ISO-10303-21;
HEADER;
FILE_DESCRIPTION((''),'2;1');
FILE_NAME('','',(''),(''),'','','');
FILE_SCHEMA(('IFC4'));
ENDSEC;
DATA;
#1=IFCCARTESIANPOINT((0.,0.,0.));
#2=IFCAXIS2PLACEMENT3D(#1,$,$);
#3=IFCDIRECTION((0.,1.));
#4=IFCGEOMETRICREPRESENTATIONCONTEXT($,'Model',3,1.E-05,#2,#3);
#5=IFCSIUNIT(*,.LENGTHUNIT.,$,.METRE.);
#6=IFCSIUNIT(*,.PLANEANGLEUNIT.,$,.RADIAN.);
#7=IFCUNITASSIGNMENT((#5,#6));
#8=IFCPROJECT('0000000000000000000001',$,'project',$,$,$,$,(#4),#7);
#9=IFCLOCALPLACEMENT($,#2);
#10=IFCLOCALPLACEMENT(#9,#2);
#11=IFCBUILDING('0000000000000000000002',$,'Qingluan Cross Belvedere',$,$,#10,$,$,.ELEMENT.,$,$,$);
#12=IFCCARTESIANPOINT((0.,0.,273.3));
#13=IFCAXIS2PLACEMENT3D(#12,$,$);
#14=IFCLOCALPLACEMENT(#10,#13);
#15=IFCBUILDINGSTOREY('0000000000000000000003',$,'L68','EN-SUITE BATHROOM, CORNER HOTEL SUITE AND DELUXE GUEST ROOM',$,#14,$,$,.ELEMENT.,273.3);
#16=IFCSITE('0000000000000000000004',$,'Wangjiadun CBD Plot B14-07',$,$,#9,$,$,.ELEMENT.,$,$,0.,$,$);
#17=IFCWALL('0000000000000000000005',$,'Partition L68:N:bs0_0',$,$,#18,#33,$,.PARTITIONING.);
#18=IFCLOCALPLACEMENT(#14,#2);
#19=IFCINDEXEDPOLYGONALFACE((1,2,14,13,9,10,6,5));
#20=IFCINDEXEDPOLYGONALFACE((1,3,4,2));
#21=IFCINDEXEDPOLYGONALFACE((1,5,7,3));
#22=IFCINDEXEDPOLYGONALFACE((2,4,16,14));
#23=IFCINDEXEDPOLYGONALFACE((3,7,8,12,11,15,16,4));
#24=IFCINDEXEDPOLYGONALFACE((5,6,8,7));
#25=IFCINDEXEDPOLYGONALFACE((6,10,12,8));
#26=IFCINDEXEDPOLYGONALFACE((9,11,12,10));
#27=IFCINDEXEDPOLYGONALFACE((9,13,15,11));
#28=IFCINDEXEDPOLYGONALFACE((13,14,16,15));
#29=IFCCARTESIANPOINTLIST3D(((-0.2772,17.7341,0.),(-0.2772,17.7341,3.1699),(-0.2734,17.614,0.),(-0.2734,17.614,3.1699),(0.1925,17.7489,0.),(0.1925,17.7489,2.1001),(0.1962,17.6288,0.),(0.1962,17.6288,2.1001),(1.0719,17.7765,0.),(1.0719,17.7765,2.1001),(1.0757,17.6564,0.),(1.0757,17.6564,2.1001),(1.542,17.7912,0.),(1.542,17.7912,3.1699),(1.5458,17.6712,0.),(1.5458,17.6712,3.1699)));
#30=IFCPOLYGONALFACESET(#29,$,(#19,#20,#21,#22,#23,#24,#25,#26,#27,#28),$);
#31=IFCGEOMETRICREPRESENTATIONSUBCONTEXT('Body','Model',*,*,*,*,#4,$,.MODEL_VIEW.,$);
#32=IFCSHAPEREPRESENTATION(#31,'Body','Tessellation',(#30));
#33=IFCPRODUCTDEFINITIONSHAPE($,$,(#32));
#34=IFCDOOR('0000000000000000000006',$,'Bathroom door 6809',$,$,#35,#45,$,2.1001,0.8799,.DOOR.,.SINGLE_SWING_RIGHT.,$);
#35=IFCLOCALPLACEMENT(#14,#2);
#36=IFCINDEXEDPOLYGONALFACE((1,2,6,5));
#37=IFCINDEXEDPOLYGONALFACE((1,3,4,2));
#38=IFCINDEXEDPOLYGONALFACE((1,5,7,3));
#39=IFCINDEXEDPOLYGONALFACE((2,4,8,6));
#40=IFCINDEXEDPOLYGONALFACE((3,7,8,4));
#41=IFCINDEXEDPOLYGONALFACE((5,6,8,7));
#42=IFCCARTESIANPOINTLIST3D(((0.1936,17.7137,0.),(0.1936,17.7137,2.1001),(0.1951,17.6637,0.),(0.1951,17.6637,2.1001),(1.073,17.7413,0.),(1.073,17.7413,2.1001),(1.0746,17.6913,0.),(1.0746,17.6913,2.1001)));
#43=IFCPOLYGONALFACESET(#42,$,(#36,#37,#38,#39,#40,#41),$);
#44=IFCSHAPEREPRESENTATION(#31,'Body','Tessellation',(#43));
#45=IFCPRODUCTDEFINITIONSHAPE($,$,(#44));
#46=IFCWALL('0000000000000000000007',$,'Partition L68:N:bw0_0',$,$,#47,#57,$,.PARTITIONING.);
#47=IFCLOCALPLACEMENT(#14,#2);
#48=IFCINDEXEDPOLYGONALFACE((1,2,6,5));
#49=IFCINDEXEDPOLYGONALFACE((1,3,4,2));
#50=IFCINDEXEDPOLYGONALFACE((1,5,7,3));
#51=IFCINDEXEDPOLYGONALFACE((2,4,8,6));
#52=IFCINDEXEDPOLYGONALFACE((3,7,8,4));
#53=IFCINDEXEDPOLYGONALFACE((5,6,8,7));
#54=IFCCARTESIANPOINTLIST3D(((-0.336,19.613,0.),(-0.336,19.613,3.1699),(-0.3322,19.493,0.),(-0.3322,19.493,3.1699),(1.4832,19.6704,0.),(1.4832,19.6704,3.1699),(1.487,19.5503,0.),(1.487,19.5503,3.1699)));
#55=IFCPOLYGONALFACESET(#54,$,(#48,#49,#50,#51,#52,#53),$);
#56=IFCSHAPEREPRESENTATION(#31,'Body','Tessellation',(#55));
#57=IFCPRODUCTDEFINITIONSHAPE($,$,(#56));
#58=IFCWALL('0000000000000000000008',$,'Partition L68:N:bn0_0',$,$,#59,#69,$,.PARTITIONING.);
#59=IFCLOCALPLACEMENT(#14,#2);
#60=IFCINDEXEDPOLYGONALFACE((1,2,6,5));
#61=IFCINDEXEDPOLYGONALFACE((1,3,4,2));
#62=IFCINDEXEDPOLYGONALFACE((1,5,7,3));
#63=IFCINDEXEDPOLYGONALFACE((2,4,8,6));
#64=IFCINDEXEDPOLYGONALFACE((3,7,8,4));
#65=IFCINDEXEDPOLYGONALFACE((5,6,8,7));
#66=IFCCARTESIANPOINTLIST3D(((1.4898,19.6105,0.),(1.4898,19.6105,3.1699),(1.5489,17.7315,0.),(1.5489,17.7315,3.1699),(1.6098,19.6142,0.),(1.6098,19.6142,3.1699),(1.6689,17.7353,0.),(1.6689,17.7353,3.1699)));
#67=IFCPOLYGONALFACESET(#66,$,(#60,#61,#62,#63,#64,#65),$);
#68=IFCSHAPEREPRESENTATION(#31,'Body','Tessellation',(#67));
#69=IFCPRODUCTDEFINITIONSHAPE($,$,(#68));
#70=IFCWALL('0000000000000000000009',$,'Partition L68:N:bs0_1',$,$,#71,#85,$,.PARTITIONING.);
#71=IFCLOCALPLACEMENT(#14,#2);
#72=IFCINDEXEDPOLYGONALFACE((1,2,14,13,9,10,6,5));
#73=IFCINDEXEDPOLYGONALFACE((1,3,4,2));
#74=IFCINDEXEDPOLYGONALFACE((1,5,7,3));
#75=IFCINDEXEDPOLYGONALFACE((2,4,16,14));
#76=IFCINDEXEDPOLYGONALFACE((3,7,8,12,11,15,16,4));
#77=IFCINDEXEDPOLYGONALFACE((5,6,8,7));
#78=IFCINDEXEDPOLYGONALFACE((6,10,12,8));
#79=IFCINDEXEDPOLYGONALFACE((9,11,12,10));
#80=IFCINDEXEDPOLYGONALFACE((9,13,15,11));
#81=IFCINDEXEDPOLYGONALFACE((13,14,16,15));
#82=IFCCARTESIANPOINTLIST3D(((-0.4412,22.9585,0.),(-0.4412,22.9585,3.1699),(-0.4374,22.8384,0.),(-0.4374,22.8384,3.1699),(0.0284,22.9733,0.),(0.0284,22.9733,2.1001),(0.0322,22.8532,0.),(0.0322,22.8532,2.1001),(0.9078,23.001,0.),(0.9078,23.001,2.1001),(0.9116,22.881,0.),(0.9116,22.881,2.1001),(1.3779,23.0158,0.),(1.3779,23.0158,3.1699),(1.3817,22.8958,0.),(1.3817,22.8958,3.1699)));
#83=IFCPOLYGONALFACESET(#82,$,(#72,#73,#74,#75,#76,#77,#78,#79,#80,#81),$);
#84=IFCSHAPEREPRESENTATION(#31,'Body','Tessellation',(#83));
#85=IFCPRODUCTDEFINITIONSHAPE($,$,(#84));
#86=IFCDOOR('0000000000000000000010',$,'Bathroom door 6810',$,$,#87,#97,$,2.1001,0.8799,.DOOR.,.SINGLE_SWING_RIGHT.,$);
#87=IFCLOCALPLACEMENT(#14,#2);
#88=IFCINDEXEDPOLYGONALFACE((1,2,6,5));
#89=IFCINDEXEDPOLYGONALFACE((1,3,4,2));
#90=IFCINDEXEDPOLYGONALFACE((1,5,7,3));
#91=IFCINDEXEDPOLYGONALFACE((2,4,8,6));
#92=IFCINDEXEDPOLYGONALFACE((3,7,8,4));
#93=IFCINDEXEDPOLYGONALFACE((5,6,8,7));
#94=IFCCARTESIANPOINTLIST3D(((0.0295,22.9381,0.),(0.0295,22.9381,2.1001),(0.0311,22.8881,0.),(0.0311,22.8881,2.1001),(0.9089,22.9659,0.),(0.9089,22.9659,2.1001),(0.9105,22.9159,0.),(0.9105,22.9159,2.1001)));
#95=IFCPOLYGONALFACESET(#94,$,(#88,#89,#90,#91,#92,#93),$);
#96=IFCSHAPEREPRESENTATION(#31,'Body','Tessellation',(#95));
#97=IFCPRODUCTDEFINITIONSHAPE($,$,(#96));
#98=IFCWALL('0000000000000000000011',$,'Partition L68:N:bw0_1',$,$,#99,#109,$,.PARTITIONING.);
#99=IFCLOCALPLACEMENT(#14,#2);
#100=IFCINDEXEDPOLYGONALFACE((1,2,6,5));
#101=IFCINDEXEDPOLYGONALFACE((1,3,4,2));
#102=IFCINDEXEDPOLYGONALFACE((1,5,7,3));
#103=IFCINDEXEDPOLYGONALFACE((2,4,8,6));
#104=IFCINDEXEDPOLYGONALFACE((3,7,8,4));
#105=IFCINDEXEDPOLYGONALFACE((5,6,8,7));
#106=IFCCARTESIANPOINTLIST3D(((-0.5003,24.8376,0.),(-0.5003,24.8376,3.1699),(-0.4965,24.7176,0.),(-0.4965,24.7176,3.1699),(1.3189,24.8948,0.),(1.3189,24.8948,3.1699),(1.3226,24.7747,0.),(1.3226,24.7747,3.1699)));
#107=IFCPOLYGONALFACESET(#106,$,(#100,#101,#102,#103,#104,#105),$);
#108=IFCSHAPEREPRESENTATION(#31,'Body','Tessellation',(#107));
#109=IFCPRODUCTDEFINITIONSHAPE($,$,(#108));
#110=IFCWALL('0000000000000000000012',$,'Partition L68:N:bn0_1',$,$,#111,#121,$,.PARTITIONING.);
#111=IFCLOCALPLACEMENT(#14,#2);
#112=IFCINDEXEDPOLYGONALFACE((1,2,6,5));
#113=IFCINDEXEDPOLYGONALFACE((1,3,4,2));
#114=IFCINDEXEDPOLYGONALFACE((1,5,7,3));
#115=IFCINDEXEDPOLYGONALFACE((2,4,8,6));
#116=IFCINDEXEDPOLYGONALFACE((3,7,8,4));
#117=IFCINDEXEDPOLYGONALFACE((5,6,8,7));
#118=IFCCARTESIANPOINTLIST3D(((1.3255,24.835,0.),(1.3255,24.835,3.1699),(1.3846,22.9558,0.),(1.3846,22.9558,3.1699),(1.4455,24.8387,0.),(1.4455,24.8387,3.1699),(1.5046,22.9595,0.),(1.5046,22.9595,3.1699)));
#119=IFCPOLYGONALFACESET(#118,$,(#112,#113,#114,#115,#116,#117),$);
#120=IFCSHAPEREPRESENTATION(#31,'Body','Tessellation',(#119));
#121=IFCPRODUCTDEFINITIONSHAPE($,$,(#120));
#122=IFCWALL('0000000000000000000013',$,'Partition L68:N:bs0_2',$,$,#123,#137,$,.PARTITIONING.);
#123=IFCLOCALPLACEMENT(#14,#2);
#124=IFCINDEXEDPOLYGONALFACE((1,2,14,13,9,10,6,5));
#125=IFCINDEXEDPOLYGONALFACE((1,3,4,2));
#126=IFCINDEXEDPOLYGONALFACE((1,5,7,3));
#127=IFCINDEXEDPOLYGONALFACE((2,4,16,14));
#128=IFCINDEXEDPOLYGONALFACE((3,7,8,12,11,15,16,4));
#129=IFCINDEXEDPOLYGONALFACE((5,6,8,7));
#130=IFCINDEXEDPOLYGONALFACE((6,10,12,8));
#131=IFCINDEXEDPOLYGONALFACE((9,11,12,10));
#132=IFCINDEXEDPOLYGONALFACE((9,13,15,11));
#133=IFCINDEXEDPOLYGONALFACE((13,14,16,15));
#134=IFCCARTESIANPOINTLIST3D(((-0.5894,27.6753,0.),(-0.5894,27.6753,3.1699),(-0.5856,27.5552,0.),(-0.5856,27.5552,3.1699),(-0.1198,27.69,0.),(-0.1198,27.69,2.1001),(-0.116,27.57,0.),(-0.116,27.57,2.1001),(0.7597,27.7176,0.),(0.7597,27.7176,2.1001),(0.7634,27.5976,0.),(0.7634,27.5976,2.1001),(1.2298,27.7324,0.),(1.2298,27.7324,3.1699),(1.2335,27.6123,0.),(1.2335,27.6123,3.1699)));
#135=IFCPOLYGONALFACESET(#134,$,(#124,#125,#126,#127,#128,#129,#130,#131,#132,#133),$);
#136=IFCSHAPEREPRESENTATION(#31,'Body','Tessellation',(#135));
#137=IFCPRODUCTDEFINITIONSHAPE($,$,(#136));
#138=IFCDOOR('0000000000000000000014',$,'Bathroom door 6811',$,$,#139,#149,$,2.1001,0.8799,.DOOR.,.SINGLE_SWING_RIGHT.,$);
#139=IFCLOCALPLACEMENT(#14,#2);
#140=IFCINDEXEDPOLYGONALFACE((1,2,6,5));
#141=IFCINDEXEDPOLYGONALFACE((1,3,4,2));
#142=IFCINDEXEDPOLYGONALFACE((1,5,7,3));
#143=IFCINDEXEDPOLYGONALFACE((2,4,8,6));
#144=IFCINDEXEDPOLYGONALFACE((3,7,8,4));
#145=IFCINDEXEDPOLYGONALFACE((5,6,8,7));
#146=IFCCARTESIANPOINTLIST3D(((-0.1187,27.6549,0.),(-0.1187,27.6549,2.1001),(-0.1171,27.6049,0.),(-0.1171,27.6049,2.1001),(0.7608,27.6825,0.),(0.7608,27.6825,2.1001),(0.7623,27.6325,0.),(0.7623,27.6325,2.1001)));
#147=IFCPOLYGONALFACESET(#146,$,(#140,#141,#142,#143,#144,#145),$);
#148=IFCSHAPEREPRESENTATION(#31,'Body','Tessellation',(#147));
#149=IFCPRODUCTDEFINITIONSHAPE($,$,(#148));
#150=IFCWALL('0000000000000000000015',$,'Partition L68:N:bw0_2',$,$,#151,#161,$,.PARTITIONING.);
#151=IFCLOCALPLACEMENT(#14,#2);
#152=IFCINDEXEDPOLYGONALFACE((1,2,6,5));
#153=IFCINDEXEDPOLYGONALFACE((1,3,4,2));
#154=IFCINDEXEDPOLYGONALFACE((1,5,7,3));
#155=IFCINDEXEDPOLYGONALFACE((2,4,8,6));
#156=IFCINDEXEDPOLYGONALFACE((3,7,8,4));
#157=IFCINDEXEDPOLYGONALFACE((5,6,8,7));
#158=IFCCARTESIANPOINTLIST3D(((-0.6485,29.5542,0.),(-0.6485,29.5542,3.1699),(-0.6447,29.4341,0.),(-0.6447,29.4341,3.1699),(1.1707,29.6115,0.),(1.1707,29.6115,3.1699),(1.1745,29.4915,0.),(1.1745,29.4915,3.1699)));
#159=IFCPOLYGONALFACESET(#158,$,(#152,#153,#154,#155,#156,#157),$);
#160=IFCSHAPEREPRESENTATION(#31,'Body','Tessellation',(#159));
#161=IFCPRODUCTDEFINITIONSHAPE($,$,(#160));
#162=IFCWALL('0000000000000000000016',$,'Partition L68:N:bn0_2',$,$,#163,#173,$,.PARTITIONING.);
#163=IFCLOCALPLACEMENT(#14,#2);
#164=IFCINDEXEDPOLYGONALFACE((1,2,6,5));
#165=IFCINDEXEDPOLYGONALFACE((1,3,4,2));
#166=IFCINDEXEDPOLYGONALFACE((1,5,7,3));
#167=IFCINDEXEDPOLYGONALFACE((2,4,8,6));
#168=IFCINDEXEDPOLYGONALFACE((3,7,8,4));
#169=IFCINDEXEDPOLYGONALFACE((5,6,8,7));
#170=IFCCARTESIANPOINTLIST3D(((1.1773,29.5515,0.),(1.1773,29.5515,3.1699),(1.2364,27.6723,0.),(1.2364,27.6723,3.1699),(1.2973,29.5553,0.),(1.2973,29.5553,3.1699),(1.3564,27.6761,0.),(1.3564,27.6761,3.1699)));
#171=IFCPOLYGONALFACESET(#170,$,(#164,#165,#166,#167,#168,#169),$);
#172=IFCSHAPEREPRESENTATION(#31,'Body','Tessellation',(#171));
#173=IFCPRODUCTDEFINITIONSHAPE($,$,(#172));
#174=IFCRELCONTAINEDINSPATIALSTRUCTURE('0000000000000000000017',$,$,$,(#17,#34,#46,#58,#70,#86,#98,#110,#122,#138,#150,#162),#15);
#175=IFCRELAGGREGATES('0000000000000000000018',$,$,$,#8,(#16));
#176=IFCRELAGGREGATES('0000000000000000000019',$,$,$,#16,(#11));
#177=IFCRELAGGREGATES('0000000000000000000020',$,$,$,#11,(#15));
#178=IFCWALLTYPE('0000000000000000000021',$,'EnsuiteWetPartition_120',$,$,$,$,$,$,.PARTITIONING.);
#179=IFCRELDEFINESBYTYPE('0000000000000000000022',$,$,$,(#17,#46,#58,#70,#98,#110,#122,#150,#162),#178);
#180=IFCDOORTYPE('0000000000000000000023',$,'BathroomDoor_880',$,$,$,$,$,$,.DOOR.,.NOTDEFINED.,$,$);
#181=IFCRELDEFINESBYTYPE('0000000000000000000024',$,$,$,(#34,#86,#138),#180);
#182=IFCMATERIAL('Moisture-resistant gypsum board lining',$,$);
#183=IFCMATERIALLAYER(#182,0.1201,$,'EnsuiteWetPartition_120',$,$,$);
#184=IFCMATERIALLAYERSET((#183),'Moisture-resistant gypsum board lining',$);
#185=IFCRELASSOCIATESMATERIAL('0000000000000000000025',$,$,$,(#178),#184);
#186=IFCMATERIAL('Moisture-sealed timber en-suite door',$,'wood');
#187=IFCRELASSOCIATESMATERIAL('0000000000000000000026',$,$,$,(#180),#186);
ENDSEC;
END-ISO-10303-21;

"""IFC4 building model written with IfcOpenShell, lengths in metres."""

from ifc_helpers import new_model, si_unit, direction, frame, frame_2d, origin, place, context, subcontext, project, spatial, rectangle, extrude, material, layer, layer_set, type_object, element, fill, save


model = new_model("IFC4")

# Units and contexts
model_context = context("Model", 3, precision=1e-05, world=origin(), true_north=direction((0.0, 1.0)))
body_context = subcontext(model_context, "Body", "Model", "MODEL_VIEW")
ifc_project = project(units=[si_unit("LENGTHUNIT", "METRE"), si_unit("PLANEANGLEUNIT", "RADIAN")], contexts=[model_context])

# Site, building, storey
site_placement = place(None, origin())
site = spatial("IfcSite", under=ifc_project, at=site_placement, Name="Wangjiadun CBD Plot B14-07", CompositionType="ELEMENT", RefElevation=0.0)
building_placement = place(site_placement, origin())
building = spatial("IfcBuilding", under=site, at=building_placement, Name="Qingluan Cross Belvedere", CompositionType="ELEMENT")
storey_placement = place(building_placement, frame((0.0, 0.0, 273.3)))
storey = spatial("IfcBuildingStorey", under=building, at=storey_placement, Name="L68", Description="EN-SUITE BATHROOM, CORNER HOTEL SUITE AND DELUXE GUEST ROOM", CompositionType="ELEMENT", Elevation=273.3)

# Wall, opening, door
ifc_material_1 = material(Name="Moisture-resistant gypsum board lining")
ifc_layer_1 = layer(ifc_material_1, 0.1201, Name="EnsuiteWetPartition_120")
ifc_layer_set_1 = layer_set([ifc_layer_1], Name="Moisture-resistant gypsum board lining")
wall_type_1 = type_object("IfcWallType", Name="EnsuiteWetPartition_120", PredefinedType="PARTITIONING", material=ifc_layer_set_1)
wall_1_placement = place(storey_placement, frame((-0.2754, 17.6741, 0.0), z_axis=(0.0, 0.0, 1.0), x_axis=(0.999507, 0.03139, 0.0)))
wall_1 = element("IfcWall", 1, at=wall_1_placement, inside=storey, type_object=wall_type_1, Name="Partition L68:N:bs0_0", PredefinedType="PARTITIONING", context=body_context, shape_type="SweptSolid", body=[
    extrude(rectangle(XDim=1.8201, YDim=0.1201, at=frame_2d((0.9102, 0.0))), origin(), (0.0, 0.0, 1.0), 3.1699),
])
opening_1_placement = place(wall_1_placement, frame((0.47, 0.0, 0.0)))
opening_1 = element("IfcOpeningElement", 2, at=opening_1_placement, cuts=wall_1, PredefinedType="OPENING", context=body_context, shape_type="SweptSolid", body=[
    extrude(rectangle(XDim=0.8799, YDim=2.1001, at=frame_2d((0.4399, 1.05))), frame((0.0, 0.0701, 0.0), z_axis=(0.0, -1.0, 0.0), x_axis=(1.0, 0.0, 0.0)), (0.0, 0.0, 1.0), 0.1401),
])
ifc_material_2 = material(Name="Moisture-sealed timber en-suite door", Category="wood")
door_type = type_object("IfcDoorType", Name="BathroomDoor_880", OperationType="NOTDEFINED", PredefinedType="DOOR", material=ifc_material_2)
door_1_placement = place(opening_1_placement, origin())
door_1 = element("IfcDoor", 3, at=door_1_placement, inside=storey, type_object=door_type, Name="Bathroom door 6809", OperationType="SINGLE_SWING_RIGHT", OverallHeight=2.1001, OverallWidth=0.8799, PredefinedType="DOOR", context=body_context, shape_type="SweptSolid", body=[
    extrude(rectangle(XDim=0.8799, YDim=2.1001, at=frame_2d((0.4399, 1.05))), frame((0.0, 0.0249, 0.0), z_axis=(0.0, -1.0, 0.0), x_axis=(1.0, 0.0, 0.0)), (0.0, 0.0, 1.0), 0.05),
])
fill(opening_1, door_1)

# Walls
wall_2_placement = place(storey_placement, frame((-0.3342, 19.553, 0.0), z_axis=(0.0, 0.0, 1.0), x_axis=(0.999503, 0.031524, 0.0)))
element("IfcWall", 4, at=wall_2_placement, inside=storey, type_object=wall_type_1, Name="Partition L68:N:bw0_0", PredefinedType="PARTITIONING", context=body_context, shape_type="SweptSolid", body=[
    extrude(rectangle(XDim=1.8201, YDim=0.1201, at=frame_2d((0.9102, 0.0))), origin(), (0.0, 0.0, 1.0), 3.1699),
])
wall_3_placement = place(storey_placement, frame((1.6089, 17.7334, 0.0), z_axis=(0.0, 0.0, 1.0), x_axis=(-0.031429, 0.999506, 0.0)))
element("IfcWall", 5, at=wall_3_placement, inside=storey, type_object=wall_type_1, Name="Partition L68:N:bn0_0", PredefinedType="PARTITIONING", context=body_context, shape_type="SweptSolid", body=[
    extrude(rectangle(XDim=1.8799, YDim=0.1201, at=frame_2d((0.9399, 0.0))), origin(), (0.0, 0.0, 1.0), 3.1699),
])

# Wall, opening, door
wall_4_placement = place(storey_placement, frame((-0.4395, 22.8984, 0.0), z_axis=(0.0, 0.0, 1.0), x_axis=(0.999503, 0.031524, 0.0)))
wall_4 = element("IfcWall", 6, at=wall_4_placement, inside=storey, type_object=wall_type_1, Name="Partition L68:N:bs0_1", PredefinedType="PARTITIONING", context=body_context, shape_type="SweptSolid", body=[
    extrude(rectangle(XDim=1.8201, YDim=0.1201, at=frame_2d((0.9102, 0.0))), origin(), (0.0, 0.0, 1.0), 3.1699),
])
opening_2_placement = place(wall_4_placement, frame((0.47, 0.0, 0.0)))
opening_2 = element("IfcOpeningElement", 7, at=opening_2_placement, cuts=wall_4, PredefinedType="OPENING", context=body_context, shape_type="SweptSolid", body=[
    extrude(rectangle(XDim=0.8799, YDim=2.1001, at=frame_2d((0.4399, 1.05))), frame((0.0, 0.0701, 0.0), z_axis=(0.0, -1.0, 0.0), x_axis=(1.0, 0.0, 0.0)), (0.0, 0.0, 1.0), 0.1401),
])
door_2_placement = place(opening_2_placement, origin())
door_2 = element("IfcDoor", 8, at=door_2_placement, inside=storey, type_object=door_type, Name="Bathroom door 6810", OperationType="SINGLE_SWING_RIGHT", OverallHeight=2.1001, OverallWidth=0.8799, PredefinedType="DOOR", context=body_context, shape_type="SweptSolid", body=[
    extrude(rectangle(XDim=0.8799, YDim=2.1001, at=frame_2d((0.4399, 1.05))), frame((0.0, 0.0249, 0.0), z_axis=(0.0, -1.0, 0.0), x_axis=(1.0, 0.0, 0.0)), (0.0, 0.0, 1.0), 0.05),
])
fill(opening_2, door_2)

# Walls
wall_5_placement = place(storey_placement, frame((-0.4985, 24.7776, 0.0), z_axis=(0.0, 0.0, 1.0), x_axis=(0.999507, 0.03139, 0.0)))
element("IfcWall", 9, at=wall_5_placement, inside=storey, type_object=wall_type_1, Name="Partition L68:N:bw0_1", PredefinedType="PARTITIONING", context=body_context, shape_type="SweptSolid", body=[
    extrude(rectangle(XDim=1.8201, YDim=0.1201, at=frame_2d((0.9102, 0.0))), origin(), (0.0, 0.0, 1.0), 3.1699),
])
wall_6_placement = place(storey_placement, frame((1.4446, 22.9578, 0.0), z_axis=(0.0, 0.0, 1.0), x_axis=(-0.031425, 0.999506, 0.0)))
element("IfcWall", 10, at=wall_6_placement, inside=storey, type_object=wall_type_1, Name="Partition L68:N:bn0_1", PredefinedType="PARTITIONING", context=body_context, shape_type="SweptSolid", body=[
    extrude(rectangle(XDim=1.8801, YDim=0.1201, at=frame_2d((0.9399, 0.0))), origin(), (0.0, 0.0, 1.0), 3.1699),
])

# Wall, opening, door
wall_7_placement = place(storey_placement, frame((-0.5876, 27.6152, 0.0), z_axis=(0.0, 0.0, 1.0), x_axis=(0.999507, 0.03139, 0.0)))
wall_7 = element("IfcWall", 11, at=wall_7_placement, inside=storey, type_object=wall_type_1, Name="Partition L68:N:bs0_2", PredefinedType="PARTITIONING", context=body_context, shape_type="SweptSolid", body=[
    extrude(rectangle(XDim=1.8201, YDim=0.1201, at=frame_2d((0.9102, 0.0))), origin(), (0.0, 0.0, 1.0), 3.1699),
])
opening_3_placement = place(wall_7_placement, frame((0.47, 0.0, 0.0)))
opening_3 = element("IfcOpeningElement", 12, at=opening_3_placement, cuts=wall_7, PredefinedType="OPENING", context=body_context, shape_type="SweptSolid", body=[
    extrude(rectangle(XDim=0.8799, YDim=2.1001, at=frame_2d((0.4399, 1.05))), frame((0.0, 0.0701, 0.0), z_axis=(0.0, -1.0, 0.0), x_axis=(1.0, 0.0, 0.0)), (0.0, 0.0, 1.0), 0.1401),
])
door_3_placement = place(opening_3_placement, origin())
door_3 = element("IfcDoor", 13, at=door_3_placement, inside=storey, type_object=door_type, Name="Bathroom door 6811", OperationType="SINGLE_SWING_RIGHT", OverallHeight=2.1001, OverallWidth=0.8799, PredefinedType="DOOR", context=body_context, shape_type="SweptSolid", body=[
    extrude(rectangle(XDim=0.8799, YDim=2.1001, at=frame_2d((0.4399, 1.05))), frame((0.0, 0.0249, 0.0), z_axis=(0.0, -1.0, 0.0), x_axis=(1.0, 0.0, 0.0)), (0.0, 0.0, 1.0), 0.05),
])
fill(opening_3, door_3)

# Walls
wall_8_placement = place(storey_placement, frame((-0.6467, 29.4941, 0.0), z_axis=(0.0, 0.0, 1.0), x_axis=(0.999503, 0.031524, 0.0)))
element("IfcWall", 14, at=wall_8_placement, inside=storey, type_object=wall_type_1, Name="Partition L68:N:bw0_2", PredefinedType="PARTITIONING", context=body_context, shape_type="SweptSolid", body=[
    extrude(rectangle(XDim=1.8201, YDim=0.1201, at=frame_2d((0.9102, 0.0))), origin(), (0.0, 0.0, 1.0), 3.1699),
])
wall_9_placement = place(storey_placement, frame((1.2964, 27.6743, 0.0), z_axis=(0.0, 0.0, 1.0), x_axis=(-0.031425, 0.999506, 0.0)))
element("IfcWall", 15, at=wall_9_placement, inside=storey, type_object=wall_type_1, Name="Partition L68:N:bn0_2", PredefinedType="PARTITIONING", context=body_context, shape_type="SweptSolid", body=[
    extrude(rectangle(XDim=1.8801, YDim=0.1201, at=frame_2d((0.9399, 0.0))), origin(), (0.0, 0.0, 1.0), 3.1699),
])

save(model, "model.ifc")
